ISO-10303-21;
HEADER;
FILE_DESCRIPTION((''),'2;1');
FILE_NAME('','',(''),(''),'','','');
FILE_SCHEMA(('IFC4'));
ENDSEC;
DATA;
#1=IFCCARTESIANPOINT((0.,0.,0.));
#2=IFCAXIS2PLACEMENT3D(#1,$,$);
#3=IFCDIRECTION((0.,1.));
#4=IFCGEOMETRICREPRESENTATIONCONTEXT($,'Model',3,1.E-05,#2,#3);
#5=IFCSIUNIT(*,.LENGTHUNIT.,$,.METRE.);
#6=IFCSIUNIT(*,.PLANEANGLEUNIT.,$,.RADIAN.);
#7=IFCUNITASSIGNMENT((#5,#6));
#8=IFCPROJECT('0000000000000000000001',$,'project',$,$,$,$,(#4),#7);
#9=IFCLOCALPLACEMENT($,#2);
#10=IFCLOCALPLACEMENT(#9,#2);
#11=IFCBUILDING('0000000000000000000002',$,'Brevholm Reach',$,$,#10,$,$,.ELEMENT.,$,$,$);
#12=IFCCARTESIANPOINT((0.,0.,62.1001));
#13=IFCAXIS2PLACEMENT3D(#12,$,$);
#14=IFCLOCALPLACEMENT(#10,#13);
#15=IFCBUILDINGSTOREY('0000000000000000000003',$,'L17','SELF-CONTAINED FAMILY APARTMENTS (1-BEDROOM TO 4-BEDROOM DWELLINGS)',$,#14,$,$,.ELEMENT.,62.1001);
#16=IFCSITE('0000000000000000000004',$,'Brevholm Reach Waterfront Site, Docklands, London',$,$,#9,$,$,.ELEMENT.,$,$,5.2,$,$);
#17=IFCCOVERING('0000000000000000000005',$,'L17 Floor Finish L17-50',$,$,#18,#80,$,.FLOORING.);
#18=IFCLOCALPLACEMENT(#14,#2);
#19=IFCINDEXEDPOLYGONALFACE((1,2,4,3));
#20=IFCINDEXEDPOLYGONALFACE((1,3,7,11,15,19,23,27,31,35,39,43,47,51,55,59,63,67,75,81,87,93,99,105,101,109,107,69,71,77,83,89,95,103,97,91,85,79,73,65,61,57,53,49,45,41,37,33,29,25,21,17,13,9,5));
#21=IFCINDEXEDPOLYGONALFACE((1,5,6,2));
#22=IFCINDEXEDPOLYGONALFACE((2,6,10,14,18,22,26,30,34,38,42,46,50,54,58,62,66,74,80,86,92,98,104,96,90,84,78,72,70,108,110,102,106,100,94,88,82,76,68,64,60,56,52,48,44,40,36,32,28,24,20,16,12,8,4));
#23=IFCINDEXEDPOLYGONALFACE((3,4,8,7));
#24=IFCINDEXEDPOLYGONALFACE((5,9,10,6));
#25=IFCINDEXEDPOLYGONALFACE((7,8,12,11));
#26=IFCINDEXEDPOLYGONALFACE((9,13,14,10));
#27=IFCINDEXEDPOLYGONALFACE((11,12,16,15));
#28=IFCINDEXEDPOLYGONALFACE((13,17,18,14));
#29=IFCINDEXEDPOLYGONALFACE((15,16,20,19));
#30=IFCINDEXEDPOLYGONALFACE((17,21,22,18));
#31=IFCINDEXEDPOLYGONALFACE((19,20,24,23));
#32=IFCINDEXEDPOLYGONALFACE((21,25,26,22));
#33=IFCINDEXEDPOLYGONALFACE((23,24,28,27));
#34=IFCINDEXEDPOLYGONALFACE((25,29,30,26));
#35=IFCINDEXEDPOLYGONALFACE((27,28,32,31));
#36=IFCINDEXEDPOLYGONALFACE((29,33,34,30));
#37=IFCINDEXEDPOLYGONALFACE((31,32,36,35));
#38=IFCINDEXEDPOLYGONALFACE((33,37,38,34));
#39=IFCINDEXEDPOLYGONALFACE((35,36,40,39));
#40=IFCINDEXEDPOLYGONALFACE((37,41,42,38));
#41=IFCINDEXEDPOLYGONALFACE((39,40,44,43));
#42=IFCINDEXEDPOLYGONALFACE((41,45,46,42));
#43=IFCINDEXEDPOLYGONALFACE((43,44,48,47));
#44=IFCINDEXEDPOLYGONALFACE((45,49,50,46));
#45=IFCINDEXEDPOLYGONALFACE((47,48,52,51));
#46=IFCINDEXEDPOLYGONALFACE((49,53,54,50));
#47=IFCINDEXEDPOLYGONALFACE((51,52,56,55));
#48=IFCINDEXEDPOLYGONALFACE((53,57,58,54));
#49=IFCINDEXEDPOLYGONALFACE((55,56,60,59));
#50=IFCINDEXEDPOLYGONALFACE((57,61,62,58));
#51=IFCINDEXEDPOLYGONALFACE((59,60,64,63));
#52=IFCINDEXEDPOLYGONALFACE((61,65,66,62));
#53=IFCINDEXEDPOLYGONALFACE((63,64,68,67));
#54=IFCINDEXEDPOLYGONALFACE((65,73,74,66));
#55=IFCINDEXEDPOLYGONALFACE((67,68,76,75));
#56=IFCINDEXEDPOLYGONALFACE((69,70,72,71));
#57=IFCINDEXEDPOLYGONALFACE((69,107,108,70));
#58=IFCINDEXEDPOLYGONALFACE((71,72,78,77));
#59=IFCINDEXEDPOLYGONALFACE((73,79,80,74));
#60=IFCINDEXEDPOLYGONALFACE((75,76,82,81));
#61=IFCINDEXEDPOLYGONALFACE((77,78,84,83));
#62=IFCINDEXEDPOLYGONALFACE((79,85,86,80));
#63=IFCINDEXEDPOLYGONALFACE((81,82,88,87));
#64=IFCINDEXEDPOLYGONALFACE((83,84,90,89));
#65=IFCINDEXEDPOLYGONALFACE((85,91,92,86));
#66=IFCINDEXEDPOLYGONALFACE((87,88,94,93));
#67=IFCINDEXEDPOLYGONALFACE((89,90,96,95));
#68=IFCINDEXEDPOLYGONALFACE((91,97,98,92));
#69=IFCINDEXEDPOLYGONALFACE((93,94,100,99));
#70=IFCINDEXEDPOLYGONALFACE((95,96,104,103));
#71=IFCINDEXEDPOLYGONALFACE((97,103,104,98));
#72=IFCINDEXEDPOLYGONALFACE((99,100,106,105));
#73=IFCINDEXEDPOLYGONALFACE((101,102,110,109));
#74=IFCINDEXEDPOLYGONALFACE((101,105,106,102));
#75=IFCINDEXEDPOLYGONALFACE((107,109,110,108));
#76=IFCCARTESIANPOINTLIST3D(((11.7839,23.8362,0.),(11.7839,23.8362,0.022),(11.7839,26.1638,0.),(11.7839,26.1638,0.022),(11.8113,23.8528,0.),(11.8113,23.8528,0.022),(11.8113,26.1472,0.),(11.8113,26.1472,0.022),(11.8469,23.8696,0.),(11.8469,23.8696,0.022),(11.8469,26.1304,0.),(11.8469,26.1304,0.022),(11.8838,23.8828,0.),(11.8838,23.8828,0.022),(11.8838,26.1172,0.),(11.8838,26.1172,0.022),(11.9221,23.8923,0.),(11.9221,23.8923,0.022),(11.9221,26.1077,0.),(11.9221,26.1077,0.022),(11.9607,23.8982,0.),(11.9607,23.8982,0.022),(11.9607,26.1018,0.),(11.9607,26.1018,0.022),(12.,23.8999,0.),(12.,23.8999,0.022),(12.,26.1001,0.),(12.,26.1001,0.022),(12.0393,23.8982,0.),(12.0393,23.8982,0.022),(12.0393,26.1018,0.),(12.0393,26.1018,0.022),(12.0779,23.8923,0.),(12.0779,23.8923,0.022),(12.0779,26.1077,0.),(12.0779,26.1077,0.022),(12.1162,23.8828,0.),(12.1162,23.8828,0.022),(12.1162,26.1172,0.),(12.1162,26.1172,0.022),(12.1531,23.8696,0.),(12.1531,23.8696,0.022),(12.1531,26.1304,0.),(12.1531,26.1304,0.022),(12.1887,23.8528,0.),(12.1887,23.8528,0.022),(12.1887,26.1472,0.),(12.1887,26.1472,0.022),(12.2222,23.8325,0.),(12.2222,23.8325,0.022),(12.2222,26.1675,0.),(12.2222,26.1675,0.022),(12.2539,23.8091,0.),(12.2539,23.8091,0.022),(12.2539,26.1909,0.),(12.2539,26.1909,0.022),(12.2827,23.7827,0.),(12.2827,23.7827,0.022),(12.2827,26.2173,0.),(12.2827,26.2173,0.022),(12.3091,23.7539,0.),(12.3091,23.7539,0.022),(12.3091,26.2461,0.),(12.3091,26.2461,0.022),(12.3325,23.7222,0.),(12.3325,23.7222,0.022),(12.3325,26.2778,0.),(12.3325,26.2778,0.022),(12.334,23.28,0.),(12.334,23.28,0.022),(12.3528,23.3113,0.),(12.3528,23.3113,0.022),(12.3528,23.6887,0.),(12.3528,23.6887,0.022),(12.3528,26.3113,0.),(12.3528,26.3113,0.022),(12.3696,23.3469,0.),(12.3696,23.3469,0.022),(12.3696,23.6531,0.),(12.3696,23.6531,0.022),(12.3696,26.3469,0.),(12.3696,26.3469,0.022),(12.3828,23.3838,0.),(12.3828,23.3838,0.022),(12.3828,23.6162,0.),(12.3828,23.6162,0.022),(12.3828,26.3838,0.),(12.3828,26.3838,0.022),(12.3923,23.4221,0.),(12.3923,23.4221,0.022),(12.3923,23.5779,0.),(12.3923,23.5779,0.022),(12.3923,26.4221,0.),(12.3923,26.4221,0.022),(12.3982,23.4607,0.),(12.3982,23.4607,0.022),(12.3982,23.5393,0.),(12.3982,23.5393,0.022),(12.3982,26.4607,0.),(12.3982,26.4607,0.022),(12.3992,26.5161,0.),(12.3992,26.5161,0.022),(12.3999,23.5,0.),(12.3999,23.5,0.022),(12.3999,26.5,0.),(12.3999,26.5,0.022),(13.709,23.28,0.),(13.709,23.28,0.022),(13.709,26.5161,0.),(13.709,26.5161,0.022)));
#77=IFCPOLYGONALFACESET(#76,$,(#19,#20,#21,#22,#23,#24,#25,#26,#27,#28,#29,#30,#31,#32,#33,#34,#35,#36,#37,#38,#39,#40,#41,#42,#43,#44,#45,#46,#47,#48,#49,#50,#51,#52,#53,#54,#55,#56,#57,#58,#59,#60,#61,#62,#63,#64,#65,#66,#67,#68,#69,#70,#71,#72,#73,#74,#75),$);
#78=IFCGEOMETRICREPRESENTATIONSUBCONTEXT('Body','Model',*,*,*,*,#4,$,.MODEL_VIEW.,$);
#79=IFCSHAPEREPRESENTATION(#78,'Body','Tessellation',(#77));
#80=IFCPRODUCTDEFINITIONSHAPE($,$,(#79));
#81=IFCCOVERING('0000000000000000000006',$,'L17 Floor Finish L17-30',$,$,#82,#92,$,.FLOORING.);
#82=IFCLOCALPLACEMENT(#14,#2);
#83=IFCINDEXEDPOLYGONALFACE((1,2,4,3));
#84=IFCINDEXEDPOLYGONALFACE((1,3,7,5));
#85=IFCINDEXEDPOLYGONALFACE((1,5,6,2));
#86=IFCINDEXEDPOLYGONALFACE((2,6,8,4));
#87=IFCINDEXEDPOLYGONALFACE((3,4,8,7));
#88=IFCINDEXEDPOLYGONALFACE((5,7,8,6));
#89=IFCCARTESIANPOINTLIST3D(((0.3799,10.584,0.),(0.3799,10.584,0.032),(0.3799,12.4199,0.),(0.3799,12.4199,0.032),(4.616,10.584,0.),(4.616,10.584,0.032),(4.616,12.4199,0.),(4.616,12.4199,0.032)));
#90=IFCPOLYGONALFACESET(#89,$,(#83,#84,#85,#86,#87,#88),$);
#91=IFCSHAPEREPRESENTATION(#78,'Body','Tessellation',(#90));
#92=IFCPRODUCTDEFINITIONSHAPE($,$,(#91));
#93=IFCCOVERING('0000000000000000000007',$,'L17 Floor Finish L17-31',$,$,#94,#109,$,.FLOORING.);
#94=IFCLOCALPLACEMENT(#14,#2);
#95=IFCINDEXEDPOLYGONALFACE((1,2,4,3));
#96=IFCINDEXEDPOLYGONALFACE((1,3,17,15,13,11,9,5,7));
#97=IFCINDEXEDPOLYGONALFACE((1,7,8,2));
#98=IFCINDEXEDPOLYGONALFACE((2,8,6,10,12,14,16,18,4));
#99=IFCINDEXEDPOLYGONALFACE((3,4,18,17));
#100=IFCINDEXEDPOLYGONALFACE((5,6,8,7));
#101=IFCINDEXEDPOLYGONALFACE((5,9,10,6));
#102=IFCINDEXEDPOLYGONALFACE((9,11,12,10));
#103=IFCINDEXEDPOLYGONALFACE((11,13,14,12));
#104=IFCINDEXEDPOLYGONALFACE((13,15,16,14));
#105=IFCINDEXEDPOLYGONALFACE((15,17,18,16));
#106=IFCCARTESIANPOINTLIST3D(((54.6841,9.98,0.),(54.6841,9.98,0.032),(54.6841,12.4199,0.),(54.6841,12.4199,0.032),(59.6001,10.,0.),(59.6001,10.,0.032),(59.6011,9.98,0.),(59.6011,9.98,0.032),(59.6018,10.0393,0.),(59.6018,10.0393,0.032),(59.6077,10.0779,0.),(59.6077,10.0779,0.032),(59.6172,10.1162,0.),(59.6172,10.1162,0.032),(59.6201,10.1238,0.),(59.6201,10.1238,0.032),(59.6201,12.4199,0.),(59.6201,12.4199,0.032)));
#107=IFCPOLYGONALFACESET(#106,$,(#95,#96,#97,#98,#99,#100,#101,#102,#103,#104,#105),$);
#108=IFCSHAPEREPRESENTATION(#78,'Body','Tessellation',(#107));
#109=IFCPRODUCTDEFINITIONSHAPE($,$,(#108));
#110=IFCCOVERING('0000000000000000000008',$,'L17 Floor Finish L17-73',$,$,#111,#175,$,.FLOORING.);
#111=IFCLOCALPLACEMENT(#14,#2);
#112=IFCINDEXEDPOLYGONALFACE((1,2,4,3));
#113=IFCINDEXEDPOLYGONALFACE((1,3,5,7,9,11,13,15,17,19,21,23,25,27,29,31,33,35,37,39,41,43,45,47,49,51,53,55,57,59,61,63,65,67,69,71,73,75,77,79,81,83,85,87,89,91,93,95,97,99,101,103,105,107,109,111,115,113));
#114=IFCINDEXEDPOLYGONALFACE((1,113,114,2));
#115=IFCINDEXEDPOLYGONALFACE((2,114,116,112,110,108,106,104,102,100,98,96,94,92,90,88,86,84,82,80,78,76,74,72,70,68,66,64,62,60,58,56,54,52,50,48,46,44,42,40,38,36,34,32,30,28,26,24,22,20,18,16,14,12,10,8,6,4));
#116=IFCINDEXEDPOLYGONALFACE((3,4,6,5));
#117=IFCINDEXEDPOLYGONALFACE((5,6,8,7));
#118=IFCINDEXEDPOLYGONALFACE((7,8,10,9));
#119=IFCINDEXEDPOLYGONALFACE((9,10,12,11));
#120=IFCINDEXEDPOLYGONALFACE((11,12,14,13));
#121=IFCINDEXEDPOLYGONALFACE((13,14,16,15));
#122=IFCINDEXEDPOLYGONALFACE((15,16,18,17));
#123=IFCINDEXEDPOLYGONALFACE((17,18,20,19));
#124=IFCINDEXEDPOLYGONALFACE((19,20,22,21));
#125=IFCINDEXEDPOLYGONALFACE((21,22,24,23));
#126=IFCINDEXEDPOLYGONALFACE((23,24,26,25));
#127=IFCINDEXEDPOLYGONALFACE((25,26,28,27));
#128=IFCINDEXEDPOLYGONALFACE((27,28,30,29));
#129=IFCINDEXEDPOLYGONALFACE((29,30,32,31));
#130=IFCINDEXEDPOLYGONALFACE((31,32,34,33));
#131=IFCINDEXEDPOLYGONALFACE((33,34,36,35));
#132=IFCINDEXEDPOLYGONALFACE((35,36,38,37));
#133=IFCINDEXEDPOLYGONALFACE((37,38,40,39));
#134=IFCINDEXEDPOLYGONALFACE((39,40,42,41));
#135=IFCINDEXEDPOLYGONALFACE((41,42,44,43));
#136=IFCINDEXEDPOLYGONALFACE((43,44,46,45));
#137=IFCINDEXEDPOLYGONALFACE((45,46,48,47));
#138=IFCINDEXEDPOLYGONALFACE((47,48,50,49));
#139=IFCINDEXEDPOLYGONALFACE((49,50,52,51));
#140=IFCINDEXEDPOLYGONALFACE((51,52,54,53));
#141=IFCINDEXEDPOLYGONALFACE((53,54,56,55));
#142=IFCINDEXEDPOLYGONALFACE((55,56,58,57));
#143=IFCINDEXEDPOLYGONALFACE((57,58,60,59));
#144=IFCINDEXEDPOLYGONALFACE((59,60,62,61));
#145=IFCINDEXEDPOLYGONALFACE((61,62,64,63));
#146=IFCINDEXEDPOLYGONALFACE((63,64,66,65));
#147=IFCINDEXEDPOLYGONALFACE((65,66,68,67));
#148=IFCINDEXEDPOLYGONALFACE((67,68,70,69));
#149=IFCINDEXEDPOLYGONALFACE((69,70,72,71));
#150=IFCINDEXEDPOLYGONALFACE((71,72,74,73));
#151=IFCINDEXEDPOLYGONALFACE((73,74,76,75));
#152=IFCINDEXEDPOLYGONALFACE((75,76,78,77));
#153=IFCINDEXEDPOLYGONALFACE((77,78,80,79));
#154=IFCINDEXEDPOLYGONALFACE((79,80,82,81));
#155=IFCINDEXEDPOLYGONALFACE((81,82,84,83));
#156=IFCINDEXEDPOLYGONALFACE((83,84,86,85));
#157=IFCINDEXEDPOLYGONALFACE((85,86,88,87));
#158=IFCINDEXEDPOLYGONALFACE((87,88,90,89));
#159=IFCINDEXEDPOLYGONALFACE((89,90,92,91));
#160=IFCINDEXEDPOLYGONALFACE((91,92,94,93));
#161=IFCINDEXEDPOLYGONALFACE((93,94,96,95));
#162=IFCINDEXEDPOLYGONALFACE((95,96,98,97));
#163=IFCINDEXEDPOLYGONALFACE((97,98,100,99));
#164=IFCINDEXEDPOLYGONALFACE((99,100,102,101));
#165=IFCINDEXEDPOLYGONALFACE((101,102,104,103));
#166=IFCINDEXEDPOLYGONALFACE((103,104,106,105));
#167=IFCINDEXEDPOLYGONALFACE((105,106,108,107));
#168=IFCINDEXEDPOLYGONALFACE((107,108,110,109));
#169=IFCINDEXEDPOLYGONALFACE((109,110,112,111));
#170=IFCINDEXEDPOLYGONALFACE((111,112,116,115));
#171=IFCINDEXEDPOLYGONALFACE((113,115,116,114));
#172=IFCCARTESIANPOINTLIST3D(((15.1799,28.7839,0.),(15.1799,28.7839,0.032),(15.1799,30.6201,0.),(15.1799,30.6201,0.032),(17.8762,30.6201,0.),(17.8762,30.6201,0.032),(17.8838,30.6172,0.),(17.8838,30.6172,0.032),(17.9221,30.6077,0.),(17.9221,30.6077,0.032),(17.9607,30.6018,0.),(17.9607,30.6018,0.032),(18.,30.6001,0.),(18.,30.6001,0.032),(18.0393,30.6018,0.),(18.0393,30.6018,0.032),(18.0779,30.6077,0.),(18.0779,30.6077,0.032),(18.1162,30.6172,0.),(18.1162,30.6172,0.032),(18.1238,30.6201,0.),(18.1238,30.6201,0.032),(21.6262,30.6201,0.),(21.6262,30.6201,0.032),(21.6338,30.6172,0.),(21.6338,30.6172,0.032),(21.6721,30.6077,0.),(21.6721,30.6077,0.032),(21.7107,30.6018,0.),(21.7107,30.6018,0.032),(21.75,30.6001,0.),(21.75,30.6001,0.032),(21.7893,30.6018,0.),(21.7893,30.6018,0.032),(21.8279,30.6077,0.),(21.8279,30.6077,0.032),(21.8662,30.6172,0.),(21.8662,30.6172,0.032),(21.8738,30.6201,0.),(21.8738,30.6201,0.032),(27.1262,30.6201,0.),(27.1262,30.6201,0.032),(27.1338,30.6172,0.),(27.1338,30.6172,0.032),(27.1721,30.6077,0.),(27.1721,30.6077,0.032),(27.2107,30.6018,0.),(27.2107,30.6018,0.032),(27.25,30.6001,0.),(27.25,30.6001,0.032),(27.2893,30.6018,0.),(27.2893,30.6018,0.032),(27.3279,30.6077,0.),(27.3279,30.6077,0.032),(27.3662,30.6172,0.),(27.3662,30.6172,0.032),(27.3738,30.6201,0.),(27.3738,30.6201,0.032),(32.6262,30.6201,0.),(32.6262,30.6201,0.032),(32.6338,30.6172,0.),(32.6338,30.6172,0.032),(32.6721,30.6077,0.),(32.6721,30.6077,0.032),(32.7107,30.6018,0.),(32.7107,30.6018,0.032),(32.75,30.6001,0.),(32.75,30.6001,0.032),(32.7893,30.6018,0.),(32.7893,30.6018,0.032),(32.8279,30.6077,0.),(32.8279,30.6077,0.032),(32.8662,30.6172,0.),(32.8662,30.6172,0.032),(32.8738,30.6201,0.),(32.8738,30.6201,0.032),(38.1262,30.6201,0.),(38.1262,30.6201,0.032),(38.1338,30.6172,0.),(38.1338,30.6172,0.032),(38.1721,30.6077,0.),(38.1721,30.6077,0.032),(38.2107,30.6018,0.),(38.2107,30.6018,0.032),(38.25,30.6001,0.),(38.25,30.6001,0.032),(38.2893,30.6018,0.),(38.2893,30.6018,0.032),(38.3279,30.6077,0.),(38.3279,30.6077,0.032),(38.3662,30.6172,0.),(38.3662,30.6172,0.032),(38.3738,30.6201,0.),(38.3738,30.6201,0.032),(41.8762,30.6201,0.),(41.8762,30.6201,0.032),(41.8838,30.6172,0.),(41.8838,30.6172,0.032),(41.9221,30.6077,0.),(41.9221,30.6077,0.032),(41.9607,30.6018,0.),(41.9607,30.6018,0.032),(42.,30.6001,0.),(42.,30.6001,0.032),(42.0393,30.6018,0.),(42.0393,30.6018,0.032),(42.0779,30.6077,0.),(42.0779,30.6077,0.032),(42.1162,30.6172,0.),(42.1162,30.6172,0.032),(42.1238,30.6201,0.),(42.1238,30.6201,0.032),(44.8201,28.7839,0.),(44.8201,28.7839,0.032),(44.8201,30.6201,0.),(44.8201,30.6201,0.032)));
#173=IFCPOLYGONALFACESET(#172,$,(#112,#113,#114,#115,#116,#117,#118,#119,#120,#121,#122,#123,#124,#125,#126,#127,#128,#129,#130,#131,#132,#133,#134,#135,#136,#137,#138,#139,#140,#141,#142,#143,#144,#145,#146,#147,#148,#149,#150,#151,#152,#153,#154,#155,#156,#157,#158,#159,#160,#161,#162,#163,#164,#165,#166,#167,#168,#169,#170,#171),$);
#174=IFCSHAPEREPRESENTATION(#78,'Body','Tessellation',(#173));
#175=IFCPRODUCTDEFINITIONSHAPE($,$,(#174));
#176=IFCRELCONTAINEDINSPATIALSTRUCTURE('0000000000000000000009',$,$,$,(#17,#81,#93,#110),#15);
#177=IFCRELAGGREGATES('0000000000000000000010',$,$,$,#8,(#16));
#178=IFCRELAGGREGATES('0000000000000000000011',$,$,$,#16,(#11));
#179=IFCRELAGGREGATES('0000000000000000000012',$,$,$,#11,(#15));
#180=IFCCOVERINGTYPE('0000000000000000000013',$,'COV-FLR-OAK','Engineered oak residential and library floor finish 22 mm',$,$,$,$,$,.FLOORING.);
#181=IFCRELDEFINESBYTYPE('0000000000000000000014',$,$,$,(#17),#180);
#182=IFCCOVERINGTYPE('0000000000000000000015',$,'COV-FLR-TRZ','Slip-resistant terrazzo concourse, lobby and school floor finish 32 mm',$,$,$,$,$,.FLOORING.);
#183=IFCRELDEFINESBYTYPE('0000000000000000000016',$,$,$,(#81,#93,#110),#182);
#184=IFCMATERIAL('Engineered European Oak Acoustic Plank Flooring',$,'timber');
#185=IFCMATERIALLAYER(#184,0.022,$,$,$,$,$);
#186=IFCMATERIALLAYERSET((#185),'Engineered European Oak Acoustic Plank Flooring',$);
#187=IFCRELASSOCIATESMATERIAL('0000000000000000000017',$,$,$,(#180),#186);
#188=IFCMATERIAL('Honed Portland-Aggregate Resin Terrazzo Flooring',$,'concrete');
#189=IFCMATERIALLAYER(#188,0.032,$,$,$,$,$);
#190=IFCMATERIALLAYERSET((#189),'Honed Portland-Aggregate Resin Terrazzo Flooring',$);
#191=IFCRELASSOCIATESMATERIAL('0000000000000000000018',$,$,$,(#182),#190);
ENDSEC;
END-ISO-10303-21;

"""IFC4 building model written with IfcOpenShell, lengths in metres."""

from ifc_helpers import new_model, si_unit, direction, frame, origin, place, context, subcontext, project, spatial, polyline, outline, extrude, material, layer, layer_set, type_object, element, save


model = new_model("IFC4")

# Units and contexts
model_context = context("Model", 3, precision=1e-05, world=origin(), true_north=direction((0.0, 1.0)))
body_context = subcontext(model_context, "Body", "Model", "MODEL_VIEW")
ifc_project = project(units=[si_unit("LENGTHUNIT", "METRE"), si_unit("PLANEANGLEUNIT", "RADIAN")], contexts=[model_context])

# Site, building, storey
site_placement = place(None, origin())
site = spatial("IfcSite", under=ifc_project, at=site_placement, Name="Brevholm Reach Waterfront Site, Docklands, London", CompositionType="ELEMENT", RefElevation=5.2)
building_placement = place(site_placement, origin())
building = spatial("IfcBuilding", under=site, at=building_placement, Name="Brevholm Reach", CompositionType="ELEMENT")
storey_placement = place(building_placement, frame((0.0, 0.0, 62.1001)))
storey = spatial("IfcBuildingStorey", under=building, at=storey_placement, Name="L17", Description="SELF-CONTAINED FAMILY APARTMENTS (1-BEDROOM TO 4-BEDROOM DWELLINGS)", CompositionType="ELEMENT", Elevation=62.1001)

# Coverings
ifc_material_1 = material(Name="Engineered European Oak Acoustic Plank Flooring", Category="timber")
ifc_layer_1 = layer(ifc_material_1, 0.022)
ifc_layer_set_1 = layer_set([ifc_layer_1], Name="Engineered European Oak Acoustic Plank Flooring")
covering_type_1 = type_object("IfcCoveringType", Name="COV-FLR-OAK", Description="Engineered oak residential and library floor finish 22 mm", PredefinedType="FLOORING", material=ifc_layer_set_1)
covering_1_placement = place(storey_placement, origin())
element("IfcCovering", 1, at=covering_1_placement, inside=storey, type_object=covering_type_1, Name="L17 Floor Finish L17-50", PredefinedType="FLOORING", context=body_context, shape_type="SweptSolid", body=[
    extrude(outline(polyline([(13.709, 23.28), (12.334, 23.28), (12.3528, 23.3113), (12.3696, 23.3469), (12.3828, 23.3838), (12.3923, 23.4221), (12.3982, 23.4607), (12.3999, 23.5), (12.3982, 23.5393), (12.3923, 23.5779), (12.3828, 23.6162), (12.3696, 23.6531), (12.3528, 23.6887), (12.3325, 23.7222), (12.3091, 23.7539), (12.2827, 23.7827), (12.2539, 23.8091), (12.2222, 23.8325), (12.1887, 23.8528), (12.1531, 23.8696), (12.1162, 23.8828), (12.0779, 23.8923), (12.0393, 23.8982), (12.0, 23.8999), (11.9607, 23.8982), (11.9221, 23.8923), (11.8838, 23.8828), (11.8469, 23.8696), (11.8113, 23.8528), (11.7839, 23.8362), (11.7839, 26.1638), (11.8113, 26.1472), (11.8469, 26.1304), (11.8838, 26.1172), (11.9221, 26.1077), (11.9607, 26.1018), (12.0, 26.1001), (12.0393, 26.1018), (12.0779, 26.1077), (12.1162, 26.1172), (12.1531, 26.1304), (12.1887, 26.1472), (12.2222, 26.1675), (12.2539, 26.1909), (12.2827, 26.2173), (12.3091, 26.2461), (12.3325, 26.2778), (12.3528, 26.3113), (12.3696, 26.3469), (12.3828, 26.3838), (12.3923, 26.4221), (12.3982, 26.4607), (12.3999, 26.5), (12.3992, 26.5161), (13.709, 26.5161), (13.709, 23.28)])), origin(), (0.0, 0.0, 1.0), 0.022),
])
ifc_material_2 = material(Name="Honed Portland-Aggregate Resin Terrazzo Flooring", Category="concrete")
ifc_layer_2 = layer(ifc_material_2, 0.032)
ifc_layer_set_2 = layer_set([ifc_layer_2], Name="Honed Portland-Aggregate Resin Terrazzo Flooring")
covering_type_2 = type_object("IfcCoveringType", Name="COV-FLR-TRZ", Description="Slip-resistant terrazzo concourse, lobby and school floor finish 32 mm", PredefinedType="FLOORING", material=ifc_layer_set_2)
covering_2_placement = place(storey_placement, origin())
element("IfcCovering", 2, at=covering_2_placement, inside=storey, type_object=covering_type_2, Name="L17 Floor Finish L17-30", PredefinedType="FLOORING", context=body_context, shape_type="SweptSolid", body=[
    extrude(outline(polyline([(0.3799, 12.4199), (4.616, 12.4199), (4.616, 10.584), (0.3799, 10.584), (0.3799, 12.4199)])), origin(), (0.0, 0.0, 1.0), 0.032),
])
covering_3_placement = place(storey_placement, origin())
element("IfcCovering", 3, at=covering_3_placement, inside=storey, type_object=covering_type_2, Name="L17 Floor Finish L17-31", PredefinedType="FLOORING", context=body_context, shape_type="SweptSolid", body=[
    extrude(outline(polyline([(59.6201, 12.4199), (59.6201, 10.1238), (59.6172, 10.1162), (59.6077, 10.0779), (59.6018, 10.0393), (59.6001, 10.0), (59.6011, 9.98), (54.6841, 9.98), (54.6841, 12.4199), (59.6201, 12.4199)])), origin(), (0.0, 0.0, 1.0), 0.032),
])
covering_4_placement = place(storey_placement, origin())
element("IfcCovering", 4, at=covering_4_placement, inside=storey, type_object=covering_type_2, Name="L17 Floor Finish L17-73", PredefinedType="FLOORING", context=body_context, shape_type="SweptSolid", body=[
    extrude(outline(polyline([(15.1799, 30.6201), (17.8762, 30.6201), (17.8838, 30.6172), (17.9221, 30.6077), (17.9607, 30.6018), (18.0, 30.6001), (18.0393, 30.6018), (18.0779, 30.6077), (18.1162, 30.6172), (18.1238, 30.6201), (21.6262, 30.6201), (21.6338, 30.6172), (21.6721, 30.6077), (21.7107, 30.6018), (21.75, 30.6001), (21.7893, 30.6018), (21.8279, 30.6077), (21.8662, 30.6172), (21.8738, 30.6201), (27.1262, 30.6201), (27.1338, 30.6172), (27.1721, 30.6077), (27.2107, 30.6018), (27.25, 30.6001), (27.2893, 30.6018), (27.3279, 30.6077), (27.3662, 30.6172), (27.3738, 30.6201), (32.6262, 30.6201), (32.6338, 30.6172), (32.6721, 30.6077), (32.7107, 30.6018), (32.75, 30.6001), (32.7893, 30.6018), (32.8279, 30.6077), (32.8662, 30.6172), (32.8738, 30.6201), (38.1262, 30.6201), (38.1338, 30.6172), (38.1721, 30.6077), (38.2107, 30.6018), (38.25, 30.6001), (38.2893, 30.6018), (38.3279, 30.6077), (38.3662, 30.6172), (38.3738, 30.6201), (41.8762, 30.6201), (41.8838, 30.6172), (41.9221, 30.6077), (41.9607, 30.6018), (42.0, 30.6001), (42.0393, 30.6018), (42.0779, 30.6077), (42.1162, 30.6172), (42.1238, 30.6201), (44.8201, 30.6201), (44.8201, 28.7839), (15.1799, 28.7839), (15.1799, 30.6201)])), origin(), (0.0, 0.0, 1.0), 0.032),
])

save(model, "model.ifc")
